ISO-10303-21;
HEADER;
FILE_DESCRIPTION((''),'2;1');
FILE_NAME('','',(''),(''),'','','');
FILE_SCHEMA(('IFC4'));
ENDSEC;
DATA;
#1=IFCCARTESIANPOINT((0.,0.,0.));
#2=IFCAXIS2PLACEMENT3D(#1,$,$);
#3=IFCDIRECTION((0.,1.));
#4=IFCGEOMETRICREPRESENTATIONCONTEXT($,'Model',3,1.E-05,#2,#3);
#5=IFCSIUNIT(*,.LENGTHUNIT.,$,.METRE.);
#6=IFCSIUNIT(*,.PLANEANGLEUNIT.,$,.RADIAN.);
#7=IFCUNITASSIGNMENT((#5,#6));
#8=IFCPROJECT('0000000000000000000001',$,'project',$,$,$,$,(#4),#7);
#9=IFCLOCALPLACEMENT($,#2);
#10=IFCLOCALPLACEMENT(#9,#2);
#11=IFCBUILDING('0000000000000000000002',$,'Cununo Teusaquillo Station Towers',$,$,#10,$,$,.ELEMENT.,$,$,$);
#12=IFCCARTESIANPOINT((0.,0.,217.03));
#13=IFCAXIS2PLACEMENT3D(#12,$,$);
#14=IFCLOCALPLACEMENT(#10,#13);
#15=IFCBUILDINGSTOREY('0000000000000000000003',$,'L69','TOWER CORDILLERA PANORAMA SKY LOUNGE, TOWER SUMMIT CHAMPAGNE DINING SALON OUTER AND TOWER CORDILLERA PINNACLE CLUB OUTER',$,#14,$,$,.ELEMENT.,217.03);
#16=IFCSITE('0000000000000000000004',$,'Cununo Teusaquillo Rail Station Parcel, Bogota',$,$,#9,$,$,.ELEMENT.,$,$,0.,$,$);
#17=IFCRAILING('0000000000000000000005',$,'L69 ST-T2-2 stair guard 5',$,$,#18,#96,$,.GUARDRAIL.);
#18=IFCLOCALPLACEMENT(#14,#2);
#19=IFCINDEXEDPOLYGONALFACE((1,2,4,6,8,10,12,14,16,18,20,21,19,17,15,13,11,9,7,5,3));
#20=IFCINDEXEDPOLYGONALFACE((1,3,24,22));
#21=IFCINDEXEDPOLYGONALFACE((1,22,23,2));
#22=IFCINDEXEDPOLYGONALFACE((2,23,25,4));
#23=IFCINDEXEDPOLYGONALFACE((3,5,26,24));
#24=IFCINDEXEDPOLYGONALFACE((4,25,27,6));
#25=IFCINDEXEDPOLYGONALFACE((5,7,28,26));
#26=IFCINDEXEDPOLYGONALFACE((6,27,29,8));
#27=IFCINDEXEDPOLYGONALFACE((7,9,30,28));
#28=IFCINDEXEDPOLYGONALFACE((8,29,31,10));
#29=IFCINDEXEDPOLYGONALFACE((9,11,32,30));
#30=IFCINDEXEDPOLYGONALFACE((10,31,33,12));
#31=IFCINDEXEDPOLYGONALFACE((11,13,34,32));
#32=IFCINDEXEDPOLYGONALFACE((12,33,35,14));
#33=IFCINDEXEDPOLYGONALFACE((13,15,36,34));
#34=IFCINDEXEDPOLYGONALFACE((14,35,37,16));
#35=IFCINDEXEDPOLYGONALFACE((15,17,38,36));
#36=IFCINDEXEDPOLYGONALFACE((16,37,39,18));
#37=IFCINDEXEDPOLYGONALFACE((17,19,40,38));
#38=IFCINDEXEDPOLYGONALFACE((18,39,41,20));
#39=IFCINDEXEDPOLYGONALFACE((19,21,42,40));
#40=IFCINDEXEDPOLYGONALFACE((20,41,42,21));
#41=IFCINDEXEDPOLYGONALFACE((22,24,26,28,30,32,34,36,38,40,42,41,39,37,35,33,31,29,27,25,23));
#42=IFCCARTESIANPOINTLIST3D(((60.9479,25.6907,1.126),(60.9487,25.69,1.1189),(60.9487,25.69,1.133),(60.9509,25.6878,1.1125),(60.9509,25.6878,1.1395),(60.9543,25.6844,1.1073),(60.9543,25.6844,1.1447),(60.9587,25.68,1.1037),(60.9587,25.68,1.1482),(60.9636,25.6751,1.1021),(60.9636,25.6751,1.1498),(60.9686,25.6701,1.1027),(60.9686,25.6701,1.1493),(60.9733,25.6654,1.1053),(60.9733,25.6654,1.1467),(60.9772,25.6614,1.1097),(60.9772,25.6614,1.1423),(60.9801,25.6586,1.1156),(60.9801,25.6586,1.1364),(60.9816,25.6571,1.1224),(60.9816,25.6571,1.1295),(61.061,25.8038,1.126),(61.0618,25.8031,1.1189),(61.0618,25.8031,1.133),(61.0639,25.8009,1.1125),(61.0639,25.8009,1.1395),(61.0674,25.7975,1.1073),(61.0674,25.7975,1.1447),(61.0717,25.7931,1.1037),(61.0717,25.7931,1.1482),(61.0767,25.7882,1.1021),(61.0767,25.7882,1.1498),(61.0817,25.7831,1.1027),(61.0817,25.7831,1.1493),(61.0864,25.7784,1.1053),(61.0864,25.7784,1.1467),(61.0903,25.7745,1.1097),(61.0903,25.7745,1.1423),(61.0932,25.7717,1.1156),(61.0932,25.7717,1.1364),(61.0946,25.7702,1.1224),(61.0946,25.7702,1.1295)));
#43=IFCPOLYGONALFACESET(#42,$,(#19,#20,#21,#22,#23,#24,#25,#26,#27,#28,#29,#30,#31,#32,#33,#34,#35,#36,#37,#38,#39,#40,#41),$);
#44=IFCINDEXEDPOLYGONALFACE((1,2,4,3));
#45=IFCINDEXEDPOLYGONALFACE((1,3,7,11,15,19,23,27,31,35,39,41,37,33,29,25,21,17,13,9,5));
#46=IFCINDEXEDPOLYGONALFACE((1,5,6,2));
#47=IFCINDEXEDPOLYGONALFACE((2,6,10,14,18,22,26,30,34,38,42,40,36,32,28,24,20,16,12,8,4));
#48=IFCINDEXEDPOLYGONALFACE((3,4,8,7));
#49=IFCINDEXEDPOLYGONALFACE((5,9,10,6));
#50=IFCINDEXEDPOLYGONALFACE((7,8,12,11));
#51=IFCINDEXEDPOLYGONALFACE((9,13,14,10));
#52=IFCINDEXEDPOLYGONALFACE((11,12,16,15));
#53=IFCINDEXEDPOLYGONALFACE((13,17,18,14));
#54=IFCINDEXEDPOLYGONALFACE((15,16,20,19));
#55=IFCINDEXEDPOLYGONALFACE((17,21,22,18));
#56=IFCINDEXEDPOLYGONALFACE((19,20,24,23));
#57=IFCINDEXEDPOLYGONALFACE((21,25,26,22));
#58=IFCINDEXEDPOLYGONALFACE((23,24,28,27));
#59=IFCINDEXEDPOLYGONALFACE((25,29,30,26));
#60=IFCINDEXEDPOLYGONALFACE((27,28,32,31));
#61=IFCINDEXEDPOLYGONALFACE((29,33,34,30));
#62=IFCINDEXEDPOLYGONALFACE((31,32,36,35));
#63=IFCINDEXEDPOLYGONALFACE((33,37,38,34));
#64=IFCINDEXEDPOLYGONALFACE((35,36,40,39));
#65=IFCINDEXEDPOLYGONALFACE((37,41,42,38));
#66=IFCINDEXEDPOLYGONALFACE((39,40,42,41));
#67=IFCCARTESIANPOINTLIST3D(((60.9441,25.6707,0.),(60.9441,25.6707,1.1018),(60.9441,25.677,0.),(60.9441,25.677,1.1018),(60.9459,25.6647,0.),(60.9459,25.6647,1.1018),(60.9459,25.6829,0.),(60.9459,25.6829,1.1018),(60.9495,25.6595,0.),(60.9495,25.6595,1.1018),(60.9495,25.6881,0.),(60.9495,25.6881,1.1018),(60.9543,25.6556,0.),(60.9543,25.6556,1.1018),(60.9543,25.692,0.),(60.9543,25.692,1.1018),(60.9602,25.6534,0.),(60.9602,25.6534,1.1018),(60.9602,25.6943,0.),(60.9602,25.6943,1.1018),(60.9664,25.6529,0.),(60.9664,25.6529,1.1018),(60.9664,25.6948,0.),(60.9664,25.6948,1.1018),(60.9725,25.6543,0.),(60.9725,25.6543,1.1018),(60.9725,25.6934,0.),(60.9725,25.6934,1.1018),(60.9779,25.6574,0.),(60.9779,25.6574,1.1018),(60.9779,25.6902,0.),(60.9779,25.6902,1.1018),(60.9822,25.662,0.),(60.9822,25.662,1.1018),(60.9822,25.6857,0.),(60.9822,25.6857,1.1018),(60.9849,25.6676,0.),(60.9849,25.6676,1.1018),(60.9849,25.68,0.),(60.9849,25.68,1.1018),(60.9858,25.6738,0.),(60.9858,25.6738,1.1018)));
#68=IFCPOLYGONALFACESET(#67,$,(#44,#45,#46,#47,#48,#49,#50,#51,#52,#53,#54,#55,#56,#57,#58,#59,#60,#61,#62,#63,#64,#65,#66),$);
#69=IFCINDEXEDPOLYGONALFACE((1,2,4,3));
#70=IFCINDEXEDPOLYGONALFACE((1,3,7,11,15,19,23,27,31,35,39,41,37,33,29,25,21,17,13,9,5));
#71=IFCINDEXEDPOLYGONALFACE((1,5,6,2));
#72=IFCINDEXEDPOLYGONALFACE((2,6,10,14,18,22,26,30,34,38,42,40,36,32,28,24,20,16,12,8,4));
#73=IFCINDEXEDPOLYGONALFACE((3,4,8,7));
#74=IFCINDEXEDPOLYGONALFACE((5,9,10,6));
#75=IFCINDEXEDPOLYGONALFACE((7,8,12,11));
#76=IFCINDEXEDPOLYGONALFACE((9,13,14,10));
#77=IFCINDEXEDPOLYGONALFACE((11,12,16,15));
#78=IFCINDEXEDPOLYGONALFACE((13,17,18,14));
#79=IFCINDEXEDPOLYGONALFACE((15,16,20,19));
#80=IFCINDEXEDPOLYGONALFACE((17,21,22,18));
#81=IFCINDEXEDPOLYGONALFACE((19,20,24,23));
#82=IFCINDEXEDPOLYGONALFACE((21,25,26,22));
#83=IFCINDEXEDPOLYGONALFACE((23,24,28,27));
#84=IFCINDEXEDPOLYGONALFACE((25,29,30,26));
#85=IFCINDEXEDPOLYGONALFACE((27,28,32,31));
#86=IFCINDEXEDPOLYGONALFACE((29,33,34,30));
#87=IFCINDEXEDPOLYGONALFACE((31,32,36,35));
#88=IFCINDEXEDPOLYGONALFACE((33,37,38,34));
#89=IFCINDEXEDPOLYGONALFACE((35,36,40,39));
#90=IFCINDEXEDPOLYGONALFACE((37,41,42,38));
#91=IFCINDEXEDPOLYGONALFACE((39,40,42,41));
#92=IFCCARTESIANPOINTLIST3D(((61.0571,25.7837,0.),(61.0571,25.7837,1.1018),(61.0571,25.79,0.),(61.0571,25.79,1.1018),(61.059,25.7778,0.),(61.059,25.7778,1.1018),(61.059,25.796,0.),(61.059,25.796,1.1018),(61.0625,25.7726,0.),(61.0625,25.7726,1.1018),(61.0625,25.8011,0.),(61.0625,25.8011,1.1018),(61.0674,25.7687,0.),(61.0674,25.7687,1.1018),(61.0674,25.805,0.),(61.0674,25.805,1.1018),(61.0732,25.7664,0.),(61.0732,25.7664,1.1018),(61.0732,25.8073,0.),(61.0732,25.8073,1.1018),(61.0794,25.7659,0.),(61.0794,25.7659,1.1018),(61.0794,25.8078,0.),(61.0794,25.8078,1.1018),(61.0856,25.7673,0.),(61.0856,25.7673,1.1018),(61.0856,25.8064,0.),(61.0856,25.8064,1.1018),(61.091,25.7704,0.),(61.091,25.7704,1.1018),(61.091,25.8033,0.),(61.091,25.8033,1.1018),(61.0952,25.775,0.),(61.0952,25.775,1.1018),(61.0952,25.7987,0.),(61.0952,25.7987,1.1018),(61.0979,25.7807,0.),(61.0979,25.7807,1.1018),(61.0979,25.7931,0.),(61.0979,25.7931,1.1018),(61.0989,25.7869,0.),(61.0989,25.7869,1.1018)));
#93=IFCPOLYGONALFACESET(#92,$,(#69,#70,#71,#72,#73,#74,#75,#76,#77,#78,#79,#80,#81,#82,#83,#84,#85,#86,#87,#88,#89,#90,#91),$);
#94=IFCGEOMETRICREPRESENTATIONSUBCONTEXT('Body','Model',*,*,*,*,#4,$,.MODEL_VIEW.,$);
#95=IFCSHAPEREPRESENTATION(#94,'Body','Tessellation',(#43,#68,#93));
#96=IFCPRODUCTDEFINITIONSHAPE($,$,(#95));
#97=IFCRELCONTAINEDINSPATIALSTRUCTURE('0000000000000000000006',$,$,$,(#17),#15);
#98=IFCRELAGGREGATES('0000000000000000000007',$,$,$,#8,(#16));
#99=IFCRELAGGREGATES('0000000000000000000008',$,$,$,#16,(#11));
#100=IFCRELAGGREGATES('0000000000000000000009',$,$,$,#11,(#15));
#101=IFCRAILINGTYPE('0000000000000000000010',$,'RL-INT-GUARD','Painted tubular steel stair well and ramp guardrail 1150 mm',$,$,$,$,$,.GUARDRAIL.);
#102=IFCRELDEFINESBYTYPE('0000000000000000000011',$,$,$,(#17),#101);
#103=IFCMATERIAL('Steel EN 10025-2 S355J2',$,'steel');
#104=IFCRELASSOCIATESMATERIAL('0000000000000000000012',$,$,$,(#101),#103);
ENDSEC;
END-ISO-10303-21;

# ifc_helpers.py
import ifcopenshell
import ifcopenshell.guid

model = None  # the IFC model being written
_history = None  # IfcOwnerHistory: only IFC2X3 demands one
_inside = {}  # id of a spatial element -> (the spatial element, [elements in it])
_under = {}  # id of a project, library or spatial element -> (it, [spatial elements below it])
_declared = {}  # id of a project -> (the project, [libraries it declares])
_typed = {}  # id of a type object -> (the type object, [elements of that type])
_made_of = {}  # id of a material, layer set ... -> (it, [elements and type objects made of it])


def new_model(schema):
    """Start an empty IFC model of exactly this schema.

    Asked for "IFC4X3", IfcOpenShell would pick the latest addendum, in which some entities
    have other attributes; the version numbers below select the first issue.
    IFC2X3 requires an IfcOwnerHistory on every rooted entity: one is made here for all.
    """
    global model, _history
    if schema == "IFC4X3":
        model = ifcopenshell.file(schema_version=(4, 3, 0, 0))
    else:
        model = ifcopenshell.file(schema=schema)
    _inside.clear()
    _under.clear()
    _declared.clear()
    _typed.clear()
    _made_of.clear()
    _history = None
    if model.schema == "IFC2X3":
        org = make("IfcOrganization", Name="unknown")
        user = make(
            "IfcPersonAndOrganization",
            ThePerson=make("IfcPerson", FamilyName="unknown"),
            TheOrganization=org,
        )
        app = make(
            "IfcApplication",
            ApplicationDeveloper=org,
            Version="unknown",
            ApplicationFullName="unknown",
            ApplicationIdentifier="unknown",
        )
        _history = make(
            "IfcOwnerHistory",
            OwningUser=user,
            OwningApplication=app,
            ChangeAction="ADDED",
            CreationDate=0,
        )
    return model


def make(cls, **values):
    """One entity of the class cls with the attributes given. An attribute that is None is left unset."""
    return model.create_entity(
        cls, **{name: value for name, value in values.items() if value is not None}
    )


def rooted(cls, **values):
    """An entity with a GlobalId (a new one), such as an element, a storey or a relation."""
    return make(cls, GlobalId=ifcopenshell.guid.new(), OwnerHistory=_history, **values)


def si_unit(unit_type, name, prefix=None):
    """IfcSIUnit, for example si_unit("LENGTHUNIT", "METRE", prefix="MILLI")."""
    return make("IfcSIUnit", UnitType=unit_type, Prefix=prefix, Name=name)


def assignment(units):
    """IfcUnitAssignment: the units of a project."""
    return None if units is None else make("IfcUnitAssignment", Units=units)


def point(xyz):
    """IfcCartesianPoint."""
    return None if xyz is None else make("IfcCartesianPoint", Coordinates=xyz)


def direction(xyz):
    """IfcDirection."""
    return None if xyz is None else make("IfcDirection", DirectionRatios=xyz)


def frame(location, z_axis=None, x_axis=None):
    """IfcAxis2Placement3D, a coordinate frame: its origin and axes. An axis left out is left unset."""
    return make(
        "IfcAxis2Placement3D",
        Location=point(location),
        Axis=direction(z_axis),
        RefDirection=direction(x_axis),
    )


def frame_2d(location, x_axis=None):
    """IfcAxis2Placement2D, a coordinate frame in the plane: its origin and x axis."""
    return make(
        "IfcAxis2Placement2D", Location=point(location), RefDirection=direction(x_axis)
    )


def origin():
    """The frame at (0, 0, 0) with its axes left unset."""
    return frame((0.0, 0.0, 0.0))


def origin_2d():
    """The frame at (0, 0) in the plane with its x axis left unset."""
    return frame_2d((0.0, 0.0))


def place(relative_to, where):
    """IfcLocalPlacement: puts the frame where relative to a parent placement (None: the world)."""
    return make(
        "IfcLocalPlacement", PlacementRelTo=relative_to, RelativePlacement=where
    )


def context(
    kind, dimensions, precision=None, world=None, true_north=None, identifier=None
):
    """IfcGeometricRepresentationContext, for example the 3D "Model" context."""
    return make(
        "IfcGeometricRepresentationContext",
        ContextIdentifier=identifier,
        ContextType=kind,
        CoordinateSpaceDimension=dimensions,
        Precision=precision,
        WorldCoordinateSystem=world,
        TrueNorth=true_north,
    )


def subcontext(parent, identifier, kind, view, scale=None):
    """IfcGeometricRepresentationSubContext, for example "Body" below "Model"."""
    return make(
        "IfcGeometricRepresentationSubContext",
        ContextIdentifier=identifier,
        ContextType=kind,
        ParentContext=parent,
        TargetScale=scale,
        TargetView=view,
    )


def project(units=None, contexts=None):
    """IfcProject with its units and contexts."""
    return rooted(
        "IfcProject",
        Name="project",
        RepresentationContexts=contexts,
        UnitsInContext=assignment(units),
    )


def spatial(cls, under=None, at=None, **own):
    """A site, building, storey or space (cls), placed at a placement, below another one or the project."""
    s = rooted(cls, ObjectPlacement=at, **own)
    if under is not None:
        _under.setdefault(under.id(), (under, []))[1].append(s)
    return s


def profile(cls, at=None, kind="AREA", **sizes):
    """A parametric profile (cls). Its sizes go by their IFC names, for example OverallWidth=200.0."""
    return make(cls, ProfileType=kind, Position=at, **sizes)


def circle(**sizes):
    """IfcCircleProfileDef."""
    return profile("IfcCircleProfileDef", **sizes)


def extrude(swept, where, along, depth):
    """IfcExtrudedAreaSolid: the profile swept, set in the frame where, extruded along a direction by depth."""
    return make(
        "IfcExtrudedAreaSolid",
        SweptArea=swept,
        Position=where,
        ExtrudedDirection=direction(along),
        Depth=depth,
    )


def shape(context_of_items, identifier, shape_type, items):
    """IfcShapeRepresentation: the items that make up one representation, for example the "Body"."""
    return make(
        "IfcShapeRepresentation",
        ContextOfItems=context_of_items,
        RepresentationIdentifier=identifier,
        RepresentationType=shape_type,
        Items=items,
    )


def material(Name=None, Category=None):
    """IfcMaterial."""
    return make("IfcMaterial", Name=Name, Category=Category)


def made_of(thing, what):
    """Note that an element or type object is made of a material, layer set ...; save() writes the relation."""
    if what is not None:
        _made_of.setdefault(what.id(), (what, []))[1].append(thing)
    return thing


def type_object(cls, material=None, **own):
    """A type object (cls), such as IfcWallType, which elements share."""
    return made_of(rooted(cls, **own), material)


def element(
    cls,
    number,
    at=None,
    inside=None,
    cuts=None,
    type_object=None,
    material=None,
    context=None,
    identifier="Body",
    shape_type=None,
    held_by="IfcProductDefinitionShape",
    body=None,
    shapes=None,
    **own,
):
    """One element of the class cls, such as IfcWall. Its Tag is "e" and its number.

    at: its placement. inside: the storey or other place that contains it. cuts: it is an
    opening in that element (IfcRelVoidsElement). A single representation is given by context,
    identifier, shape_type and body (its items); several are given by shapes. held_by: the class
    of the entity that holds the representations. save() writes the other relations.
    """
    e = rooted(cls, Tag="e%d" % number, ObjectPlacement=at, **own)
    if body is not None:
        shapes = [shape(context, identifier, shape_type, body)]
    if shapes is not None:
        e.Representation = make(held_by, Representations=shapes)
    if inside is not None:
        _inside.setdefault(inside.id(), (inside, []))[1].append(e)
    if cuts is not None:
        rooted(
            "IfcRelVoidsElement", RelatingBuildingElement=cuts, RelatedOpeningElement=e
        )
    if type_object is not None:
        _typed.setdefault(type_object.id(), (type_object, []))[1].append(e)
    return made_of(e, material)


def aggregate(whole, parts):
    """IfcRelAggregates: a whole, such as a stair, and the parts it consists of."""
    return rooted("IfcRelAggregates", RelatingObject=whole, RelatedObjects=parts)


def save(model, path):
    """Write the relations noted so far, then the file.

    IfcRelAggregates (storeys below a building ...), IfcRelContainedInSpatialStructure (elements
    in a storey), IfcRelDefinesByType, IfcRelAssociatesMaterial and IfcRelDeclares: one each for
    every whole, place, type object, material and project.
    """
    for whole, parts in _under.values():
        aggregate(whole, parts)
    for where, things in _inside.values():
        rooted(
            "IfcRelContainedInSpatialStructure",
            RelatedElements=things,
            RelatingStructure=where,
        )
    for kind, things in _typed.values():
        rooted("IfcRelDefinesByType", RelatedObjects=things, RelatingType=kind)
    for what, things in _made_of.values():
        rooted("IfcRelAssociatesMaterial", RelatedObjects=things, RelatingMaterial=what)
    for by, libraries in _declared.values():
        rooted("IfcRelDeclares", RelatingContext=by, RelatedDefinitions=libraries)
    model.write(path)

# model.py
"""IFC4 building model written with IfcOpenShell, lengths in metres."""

from ifc_helpers import new_model, si_unit, direction, frame, origin, origin_2d, place, context, subcontext, project, spatial, circle, extrude, material, type_object, element, save


model = new_model("IFC4")

# Units and contexts
model_context = context("Model", 3, precision=1e-05, world=origin(), true_north=direction((0.0, 1.0)))
body_context = subcontext(model_context, "Body", "Model", "MODEL_VIEW")
ifc_project = project(units=[si_unit("LENGTHUNIT", "METRE"), si_unit("PLANEANGLEUNIT", "RADIAN")], contexts=[model_context])

# Site, building, storey
site_placement = place(None, origin())
site = spatial("IfcSite", under=ifc_project, at=site_placement, Name="Cununo Teusaquillo Rail Station Parcel, Bogota", CompositionType="ELEMENT", RefElevation=0.0)
building_placement = place(site_placement, origin())
building = spatial("IfcBuilding", under=site, at=building_placement, Name="Cununo Teusaquillo Station Towers", CompositionType="ELEMENT")
storey_placement = place(building_placement, frame((0.0, 0.0, 217.03)))
storey = spatial("IfcBuildingStorey", under=building, at=storey_placement, Name="L69", Description="TOWER CORDILLERA PANORAMA SKY LOUNGE, TOWER SUMMIT CHAMPAGNE DINING SALON OUTER AND TOWER CORDILLERA PINNACLE CLUB OUTER", CompositionType="ELEMENT", Elevation=217.03)

# Railing
ifc_material_1 = material(Name="Steel EN 10025-2 S355J2", Category="steel")
railing_type_1 = type_object("IfcRailingType", Name="RL-INT-GUARD", Description="Painted tubular steel stair well and ramp guardrail 1150 mm", PredefinedType="GUARDRAIL", material=ifc_material_1)
railing_1_placement = place(storey_placement, frame((60.9648, 25.6738, 0.0)))
element("IfcRailing", 1, at=railing_1_placement, inside=storey, type_object=railing_type_1, Name="L69 ST-T2-2 stair guard 5", PredefinedType="GUARDRAIL", context=body_context, shape_type="SweptSolid", body=[
    extrude(circle(Radius=0.0239, at=origin_2d()), frame((0.0, 0.0, 1.126), z_axis=(0.707107, 0.707107, 0.0), x_axis=(-0.707107, 0.707107, 0.0)), (0.0, 0.0, 1.0), 0.1599),
    extrude(circle(Radius=0.021, at=origin_2d()), origin(), (0.0, 0.0, 1.0), 1.1018),
    extrude(circle(Radius=0.021, at=origin_2d()), frame((0.113, 0.113, 0.0)), (0.0, 0.0, 1.0), 1.1018),
])

save(model, "model.ifc")
